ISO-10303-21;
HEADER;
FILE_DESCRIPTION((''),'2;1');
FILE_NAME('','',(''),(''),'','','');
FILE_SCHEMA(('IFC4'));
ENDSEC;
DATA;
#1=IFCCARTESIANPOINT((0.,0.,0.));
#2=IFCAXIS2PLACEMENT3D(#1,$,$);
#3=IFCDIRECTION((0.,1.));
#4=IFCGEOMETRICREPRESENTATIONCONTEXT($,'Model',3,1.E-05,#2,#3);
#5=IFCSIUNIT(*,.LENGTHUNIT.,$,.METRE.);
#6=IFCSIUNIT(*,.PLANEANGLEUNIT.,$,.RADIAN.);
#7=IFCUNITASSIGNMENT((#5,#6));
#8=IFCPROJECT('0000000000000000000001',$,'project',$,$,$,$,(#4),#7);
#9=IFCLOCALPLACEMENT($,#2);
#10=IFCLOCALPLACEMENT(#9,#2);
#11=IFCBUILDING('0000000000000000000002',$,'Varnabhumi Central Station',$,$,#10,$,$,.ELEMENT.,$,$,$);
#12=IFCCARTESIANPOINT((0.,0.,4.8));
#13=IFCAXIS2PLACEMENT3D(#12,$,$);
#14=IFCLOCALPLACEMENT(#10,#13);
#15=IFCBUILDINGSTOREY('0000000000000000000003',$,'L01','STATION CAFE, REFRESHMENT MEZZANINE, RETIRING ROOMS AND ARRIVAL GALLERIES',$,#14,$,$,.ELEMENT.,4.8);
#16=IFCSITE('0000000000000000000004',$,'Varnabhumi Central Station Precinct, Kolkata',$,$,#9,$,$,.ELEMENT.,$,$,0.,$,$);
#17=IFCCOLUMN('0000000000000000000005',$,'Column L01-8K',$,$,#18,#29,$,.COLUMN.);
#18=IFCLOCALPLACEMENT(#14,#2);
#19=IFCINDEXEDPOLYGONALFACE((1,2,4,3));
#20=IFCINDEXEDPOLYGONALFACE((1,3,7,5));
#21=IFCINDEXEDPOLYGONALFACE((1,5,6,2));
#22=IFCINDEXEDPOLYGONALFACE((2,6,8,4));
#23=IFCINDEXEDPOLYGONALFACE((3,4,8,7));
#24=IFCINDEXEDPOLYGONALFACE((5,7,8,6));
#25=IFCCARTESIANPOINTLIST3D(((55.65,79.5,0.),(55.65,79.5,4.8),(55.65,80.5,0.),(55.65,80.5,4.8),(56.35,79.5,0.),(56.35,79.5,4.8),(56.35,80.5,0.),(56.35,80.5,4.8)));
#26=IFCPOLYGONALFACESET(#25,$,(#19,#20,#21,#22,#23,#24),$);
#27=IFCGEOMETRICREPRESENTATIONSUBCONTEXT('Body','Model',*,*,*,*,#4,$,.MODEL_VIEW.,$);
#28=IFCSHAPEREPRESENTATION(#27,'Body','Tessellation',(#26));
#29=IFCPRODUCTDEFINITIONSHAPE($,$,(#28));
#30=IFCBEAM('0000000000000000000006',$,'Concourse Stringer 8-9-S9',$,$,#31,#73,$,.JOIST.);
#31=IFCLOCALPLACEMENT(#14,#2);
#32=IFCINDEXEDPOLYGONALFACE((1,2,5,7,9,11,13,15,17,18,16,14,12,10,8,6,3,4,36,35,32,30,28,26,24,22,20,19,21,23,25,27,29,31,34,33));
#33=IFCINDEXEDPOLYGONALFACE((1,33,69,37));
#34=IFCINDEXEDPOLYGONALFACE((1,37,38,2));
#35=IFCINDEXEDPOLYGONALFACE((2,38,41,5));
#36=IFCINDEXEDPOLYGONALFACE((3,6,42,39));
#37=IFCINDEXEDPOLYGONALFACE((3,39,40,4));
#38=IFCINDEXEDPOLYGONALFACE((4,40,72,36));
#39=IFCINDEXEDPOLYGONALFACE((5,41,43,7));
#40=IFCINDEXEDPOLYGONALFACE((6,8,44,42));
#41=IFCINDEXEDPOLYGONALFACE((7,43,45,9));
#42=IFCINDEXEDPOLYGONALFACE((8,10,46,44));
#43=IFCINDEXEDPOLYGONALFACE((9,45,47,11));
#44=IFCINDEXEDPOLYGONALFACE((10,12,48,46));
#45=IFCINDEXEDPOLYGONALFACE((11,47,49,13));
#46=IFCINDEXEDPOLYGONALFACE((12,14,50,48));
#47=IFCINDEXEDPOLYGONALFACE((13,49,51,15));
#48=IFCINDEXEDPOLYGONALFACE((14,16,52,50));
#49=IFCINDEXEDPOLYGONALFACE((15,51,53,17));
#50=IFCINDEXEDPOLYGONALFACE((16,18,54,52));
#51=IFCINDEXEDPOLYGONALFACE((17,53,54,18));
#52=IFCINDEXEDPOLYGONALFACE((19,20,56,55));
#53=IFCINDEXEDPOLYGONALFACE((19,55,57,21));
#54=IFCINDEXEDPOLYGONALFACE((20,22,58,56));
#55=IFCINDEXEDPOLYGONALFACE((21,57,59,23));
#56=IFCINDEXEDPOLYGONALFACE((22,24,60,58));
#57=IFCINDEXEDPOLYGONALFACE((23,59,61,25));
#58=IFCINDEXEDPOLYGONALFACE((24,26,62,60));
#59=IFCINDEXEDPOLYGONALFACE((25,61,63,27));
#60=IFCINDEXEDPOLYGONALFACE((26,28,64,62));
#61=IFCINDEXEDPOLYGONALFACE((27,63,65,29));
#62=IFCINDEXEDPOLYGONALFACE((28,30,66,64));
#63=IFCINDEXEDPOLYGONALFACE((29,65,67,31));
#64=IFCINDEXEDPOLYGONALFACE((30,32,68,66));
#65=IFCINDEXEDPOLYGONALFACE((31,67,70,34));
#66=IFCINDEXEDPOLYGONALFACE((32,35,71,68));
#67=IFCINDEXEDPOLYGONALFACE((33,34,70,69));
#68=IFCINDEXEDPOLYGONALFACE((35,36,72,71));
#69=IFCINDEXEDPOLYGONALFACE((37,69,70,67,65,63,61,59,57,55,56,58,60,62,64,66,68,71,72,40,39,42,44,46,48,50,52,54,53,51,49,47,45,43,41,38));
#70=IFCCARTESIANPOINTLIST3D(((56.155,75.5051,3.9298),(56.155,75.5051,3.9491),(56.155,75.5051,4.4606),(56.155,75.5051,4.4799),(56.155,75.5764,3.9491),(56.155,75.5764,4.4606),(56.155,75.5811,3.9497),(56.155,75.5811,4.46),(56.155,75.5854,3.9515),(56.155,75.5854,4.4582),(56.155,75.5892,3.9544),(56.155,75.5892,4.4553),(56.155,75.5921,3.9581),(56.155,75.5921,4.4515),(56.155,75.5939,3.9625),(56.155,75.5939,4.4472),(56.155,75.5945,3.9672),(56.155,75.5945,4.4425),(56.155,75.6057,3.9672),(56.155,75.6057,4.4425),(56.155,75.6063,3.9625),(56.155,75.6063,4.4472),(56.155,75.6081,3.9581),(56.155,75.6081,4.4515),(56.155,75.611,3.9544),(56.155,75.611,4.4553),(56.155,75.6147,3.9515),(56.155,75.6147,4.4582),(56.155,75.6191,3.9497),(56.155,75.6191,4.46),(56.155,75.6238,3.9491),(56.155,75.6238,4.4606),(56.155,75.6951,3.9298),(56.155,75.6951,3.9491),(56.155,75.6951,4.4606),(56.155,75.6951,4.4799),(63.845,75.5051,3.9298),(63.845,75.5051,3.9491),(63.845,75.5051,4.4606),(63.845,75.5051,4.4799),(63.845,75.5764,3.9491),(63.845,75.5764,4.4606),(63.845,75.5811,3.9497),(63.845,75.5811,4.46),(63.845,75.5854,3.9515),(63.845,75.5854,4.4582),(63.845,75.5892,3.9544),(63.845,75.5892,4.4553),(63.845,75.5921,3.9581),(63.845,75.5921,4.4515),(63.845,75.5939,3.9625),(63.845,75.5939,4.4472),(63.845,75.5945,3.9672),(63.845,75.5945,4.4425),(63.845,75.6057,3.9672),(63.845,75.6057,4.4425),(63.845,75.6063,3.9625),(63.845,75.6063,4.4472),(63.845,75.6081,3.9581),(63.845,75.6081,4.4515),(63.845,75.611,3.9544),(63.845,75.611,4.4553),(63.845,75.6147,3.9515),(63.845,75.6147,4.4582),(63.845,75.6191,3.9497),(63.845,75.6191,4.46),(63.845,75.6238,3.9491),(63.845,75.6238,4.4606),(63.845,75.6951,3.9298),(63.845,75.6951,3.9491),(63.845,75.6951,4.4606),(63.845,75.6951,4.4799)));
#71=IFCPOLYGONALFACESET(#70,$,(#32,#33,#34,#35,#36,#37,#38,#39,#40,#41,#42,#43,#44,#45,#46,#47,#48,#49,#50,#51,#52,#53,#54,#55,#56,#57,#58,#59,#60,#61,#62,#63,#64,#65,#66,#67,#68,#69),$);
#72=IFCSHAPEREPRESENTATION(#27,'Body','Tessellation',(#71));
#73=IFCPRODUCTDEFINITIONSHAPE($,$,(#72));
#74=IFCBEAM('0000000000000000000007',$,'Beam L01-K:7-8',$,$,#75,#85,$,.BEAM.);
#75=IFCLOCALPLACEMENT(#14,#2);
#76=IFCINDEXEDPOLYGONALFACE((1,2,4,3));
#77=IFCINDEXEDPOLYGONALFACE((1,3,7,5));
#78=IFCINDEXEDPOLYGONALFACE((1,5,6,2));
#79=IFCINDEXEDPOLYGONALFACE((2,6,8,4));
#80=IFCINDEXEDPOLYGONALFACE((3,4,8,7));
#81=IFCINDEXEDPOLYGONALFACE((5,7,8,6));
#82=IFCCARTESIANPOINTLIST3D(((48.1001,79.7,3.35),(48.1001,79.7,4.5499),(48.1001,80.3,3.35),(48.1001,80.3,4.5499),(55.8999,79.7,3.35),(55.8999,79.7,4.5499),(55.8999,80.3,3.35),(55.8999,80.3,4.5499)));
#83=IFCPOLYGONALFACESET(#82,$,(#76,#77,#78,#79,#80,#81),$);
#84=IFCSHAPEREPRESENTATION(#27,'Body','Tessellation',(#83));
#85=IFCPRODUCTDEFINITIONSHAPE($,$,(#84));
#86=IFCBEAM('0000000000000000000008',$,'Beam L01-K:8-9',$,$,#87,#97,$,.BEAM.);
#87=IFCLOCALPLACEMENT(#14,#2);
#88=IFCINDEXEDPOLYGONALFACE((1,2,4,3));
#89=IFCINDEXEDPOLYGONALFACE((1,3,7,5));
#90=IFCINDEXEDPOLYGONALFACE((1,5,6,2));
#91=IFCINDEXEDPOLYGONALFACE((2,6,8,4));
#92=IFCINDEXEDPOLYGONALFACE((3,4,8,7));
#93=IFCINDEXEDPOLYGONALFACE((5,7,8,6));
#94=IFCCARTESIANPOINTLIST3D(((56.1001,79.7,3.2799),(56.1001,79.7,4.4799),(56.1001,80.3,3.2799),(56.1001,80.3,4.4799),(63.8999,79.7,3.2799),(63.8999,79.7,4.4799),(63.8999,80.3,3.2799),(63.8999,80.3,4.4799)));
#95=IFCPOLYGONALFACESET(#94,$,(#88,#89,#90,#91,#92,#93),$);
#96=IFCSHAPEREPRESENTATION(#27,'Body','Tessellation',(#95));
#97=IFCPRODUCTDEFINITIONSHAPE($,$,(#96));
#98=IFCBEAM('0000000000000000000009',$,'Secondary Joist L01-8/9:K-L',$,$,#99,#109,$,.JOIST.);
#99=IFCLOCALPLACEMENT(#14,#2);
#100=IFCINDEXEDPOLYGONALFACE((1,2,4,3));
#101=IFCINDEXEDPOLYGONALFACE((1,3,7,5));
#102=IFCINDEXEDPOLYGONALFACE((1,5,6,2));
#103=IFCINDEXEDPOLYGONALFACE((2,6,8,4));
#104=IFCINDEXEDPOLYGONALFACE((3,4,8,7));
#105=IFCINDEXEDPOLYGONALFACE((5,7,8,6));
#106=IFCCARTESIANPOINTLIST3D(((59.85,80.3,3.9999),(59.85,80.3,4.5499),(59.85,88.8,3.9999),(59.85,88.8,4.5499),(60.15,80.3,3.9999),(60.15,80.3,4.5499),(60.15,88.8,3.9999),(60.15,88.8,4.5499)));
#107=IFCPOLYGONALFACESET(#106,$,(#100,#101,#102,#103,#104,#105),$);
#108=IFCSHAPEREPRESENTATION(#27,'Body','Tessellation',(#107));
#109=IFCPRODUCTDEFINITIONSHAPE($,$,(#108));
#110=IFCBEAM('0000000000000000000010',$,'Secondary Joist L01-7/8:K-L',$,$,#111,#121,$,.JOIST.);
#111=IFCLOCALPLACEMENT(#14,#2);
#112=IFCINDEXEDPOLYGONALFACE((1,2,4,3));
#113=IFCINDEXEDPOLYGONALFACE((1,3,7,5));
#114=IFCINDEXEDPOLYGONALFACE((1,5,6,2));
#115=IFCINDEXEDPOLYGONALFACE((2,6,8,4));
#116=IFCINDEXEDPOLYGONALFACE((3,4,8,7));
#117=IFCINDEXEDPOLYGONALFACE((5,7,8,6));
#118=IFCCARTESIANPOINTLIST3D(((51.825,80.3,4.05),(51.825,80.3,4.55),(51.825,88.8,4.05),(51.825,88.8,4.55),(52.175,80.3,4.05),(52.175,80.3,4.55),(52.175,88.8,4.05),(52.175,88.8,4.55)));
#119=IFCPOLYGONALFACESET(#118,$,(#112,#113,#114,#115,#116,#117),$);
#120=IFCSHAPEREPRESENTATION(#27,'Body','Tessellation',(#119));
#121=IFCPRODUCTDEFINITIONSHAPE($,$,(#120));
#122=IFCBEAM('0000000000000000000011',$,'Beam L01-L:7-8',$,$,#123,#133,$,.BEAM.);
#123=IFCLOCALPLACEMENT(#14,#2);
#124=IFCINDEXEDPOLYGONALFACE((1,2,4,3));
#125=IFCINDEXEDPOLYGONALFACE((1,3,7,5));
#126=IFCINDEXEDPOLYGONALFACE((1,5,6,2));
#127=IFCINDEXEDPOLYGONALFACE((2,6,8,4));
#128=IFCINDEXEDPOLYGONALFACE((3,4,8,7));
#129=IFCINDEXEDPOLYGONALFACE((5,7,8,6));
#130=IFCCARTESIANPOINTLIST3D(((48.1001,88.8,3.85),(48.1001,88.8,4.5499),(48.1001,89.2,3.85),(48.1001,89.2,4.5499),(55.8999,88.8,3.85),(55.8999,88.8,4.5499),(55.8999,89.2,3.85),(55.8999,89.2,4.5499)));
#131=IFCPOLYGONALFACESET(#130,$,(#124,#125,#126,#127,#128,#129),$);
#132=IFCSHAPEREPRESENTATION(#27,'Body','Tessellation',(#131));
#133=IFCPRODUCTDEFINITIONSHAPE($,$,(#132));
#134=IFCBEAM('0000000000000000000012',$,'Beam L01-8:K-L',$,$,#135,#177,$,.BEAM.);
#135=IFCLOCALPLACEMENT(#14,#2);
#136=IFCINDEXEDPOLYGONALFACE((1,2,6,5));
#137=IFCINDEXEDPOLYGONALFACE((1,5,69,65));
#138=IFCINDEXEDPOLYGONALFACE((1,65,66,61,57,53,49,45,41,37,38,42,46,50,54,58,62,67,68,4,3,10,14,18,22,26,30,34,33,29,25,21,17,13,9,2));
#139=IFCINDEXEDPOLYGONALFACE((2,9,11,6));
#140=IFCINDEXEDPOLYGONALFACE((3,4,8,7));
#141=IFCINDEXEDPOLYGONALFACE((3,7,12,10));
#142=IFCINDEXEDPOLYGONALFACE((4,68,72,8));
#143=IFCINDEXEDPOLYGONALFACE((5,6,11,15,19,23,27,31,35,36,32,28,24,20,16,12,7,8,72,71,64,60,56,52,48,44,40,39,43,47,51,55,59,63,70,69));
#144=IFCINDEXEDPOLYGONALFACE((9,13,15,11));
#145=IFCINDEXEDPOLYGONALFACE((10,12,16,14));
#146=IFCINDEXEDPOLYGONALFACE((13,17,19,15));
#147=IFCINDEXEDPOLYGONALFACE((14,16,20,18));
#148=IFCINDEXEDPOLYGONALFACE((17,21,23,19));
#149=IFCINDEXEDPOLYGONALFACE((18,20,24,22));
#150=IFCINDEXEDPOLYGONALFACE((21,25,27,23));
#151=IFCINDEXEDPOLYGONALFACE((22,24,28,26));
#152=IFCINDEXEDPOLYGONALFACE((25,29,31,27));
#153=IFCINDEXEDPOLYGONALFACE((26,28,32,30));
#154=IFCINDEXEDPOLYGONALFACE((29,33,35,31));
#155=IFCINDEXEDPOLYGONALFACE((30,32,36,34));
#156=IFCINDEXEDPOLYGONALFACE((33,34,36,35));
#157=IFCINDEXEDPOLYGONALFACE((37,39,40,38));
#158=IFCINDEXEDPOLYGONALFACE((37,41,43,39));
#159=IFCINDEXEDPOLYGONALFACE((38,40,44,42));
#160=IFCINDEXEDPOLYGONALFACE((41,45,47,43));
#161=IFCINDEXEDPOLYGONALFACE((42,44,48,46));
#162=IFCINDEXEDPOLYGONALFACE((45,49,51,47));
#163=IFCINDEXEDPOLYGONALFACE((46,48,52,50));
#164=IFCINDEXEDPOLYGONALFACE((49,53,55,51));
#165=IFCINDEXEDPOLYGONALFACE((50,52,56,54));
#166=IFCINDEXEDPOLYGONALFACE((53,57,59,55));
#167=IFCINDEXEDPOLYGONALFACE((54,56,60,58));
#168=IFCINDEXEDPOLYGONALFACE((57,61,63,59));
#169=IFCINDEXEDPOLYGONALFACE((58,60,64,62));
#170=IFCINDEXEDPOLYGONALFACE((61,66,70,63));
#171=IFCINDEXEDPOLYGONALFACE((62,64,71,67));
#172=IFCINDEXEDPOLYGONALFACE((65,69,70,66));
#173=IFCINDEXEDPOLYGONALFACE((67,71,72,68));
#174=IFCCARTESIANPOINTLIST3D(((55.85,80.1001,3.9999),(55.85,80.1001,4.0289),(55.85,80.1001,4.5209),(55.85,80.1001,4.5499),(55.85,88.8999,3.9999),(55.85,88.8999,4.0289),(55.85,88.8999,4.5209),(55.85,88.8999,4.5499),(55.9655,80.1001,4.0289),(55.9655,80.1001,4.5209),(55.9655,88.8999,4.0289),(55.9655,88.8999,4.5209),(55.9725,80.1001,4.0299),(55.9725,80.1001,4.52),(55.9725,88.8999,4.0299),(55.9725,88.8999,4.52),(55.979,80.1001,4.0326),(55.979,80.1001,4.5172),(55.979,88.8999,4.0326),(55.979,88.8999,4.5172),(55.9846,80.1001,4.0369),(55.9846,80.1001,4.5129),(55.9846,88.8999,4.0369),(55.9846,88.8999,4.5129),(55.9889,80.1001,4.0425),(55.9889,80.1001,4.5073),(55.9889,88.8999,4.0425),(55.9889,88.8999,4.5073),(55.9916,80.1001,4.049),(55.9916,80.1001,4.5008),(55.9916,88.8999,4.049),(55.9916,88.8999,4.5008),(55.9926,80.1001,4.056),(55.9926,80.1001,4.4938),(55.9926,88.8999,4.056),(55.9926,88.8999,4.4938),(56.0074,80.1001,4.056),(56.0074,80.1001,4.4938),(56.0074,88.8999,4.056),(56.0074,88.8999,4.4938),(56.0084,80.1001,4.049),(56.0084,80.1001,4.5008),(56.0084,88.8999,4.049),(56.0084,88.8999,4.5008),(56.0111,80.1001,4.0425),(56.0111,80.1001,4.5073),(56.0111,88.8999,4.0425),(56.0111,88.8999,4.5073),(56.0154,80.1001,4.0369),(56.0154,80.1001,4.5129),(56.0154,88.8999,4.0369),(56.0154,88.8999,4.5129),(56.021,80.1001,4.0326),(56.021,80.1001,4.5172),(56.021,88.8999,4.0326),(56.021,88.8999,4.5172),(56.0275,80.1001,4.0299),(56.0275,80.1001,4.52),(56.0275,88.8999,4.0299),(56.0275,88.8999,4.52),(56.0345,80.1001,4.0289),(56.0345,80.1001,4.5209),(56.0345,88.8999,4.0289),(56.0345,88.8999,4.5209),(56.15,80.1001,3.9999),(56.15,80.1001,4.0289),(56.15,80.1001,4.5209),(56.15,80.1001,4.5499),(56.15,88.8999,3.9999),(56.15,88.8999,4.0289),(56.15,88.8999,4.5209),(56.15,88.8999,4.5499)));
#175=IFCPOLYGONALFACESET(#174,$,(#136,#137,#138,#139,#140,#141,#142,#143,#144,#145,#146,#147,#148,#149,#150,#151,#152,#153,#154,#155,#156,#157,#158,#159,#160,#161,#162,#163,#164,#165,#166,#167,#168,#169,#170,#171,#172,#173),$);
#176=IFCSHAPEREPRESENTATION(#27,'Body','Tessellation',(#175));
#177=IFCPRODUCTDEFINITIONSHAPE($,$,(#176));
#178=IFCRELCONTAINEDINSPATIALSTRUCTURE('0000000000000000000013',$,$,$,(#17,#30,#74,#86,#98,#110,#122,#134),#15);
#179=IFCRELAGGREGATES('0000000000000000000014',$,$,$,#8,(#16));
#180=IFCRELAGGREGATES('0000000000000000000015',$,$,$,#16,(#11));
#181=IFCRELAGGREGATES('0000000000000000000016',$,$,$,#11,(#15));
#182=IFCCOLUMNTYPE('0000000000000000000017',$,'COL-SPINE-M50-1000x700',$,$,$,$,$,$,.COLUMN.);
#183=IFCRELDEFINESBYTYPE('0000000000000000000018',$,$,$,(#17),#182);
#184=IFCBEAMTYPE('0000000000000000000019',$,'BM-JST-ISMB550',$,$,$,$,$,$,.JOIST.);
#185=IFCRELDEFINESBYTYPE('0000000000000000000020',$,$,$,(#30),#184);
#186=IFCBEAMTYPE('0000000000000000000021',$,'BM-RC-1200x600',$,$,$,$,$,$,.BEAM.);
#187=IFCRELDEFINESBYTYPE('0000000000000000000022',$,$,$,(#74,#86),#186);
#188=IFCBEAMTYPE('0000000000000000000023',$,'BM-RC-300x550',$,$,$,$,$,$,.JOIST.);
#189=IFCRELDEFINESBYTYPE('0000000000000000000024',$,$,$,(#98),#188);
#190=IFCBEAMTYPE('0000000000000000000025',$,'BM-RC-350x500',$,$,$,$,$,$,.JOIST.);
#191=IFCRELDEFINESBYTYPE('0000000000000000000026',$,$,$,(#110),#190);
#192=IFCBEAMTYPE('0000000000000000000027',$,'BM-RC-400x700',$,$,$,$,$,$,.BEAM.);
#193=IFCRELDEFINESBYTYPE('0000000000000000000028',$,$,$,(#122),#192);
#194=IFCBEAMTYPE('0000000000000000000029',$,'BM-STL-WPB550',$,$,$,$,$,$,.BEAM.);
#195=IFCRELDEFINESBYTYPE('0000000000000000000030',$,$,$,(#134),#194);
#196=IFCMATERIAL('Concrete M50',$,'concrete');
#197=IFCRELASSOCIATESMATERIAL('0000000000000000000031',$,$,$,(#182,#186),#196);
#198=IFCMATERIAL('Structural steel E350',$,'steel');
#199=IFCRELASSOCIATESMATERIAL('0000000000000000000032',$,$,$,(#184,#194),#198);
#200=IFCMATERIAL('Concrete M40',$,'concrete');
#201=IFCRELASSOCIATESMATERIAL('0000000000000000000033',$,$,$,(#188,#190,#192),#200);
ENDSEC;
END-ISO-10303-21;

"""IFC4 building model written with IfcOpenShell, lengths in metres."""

from ifc_helpers import new_model, si_unit, direction, frame, origin, origin_2d, place, context, subcontext, project, spatial, rectangle, i_section, extrude, material, material_profile, profile_set, type_object, element, save


model = new_model("IFC4")

# Units and contexts
model_context = context("Model", 3, precision=1e-05, world=origin(), true_north=direction((0.0, 1.0)))
body_context = subcontext(model_context, "Body", "Model", "MODEL_VIEW")
ifc_project = project(units=[si_unit("LENGTHUNIT", "METRE"), si_unit("PLANEANGLEUNIT", "RADIAN")], contexts=[model_context])

# Site, building, storey
site_placement = place(None, origin())
site = spatial("IfcSite", under=ifc_project, at=site_placement, Name="Varnabhumi Central Station Precinct, Kolkata", CompositionType="ELEMENT", RefElevation=0.0)
building_placement = place(site_placement, origin())
building = spatial("IfcBuilding", under=site, at=building_placement, Name="Varnabhumi Central Station", CompositionType="ELEMENT")
storey_placement = place(building_placement, frame((0.0, 0.0, 4.8)))
storey = spatial("IfcBuildingStorey", under=building, at=storey_placement, Name="L01", Description="STATION CAFE, REFRESHMENT MEZZANINE, RETIRING ROOMS AND ARRIVAL GALLERIES", CompositionType="ELEMENT", Elevation=4.8)

# Column
ifc_material_1 = material(Name="Concrete M50", Category="concrete")
ifc_material_profile_1 = material_profile(ifc_material_1, rectangle(XDim=0.7, YDim=1.0, at=origin_2d()), Name="Concrete M50", Category="concrete")
ifc_profile_set_1 = profile_set([ifc_material_profile_1], Name="Concrete M50")
column_type = type_object("IfcColumnType", Name="COL-SPINE-M50-1000x700", PredefinedType="COLUMN", material=ifc_profile_set_1)
column_placement = place(storey_placement, frame((56.0, 80.0, 0.0), z_axis=(0.0, 0.0, 1.0), x_axis=(1.0, 0.0, 0.0)))
element("IfcColumn", 1, at=column_placement, inside=storey, type_object=column_type, Name="Column L01-8K", PredefinedType="COLUMN", context=body_context, shape_type="SweptSolid", body=[
    extrude(rectangle(XDim=0.7, YDim=1.0, at=origin_2d()), origin(), (0.0, 0.0, 1.0), 4.8),
])

# Beams
ifc_material_2 = material(Name="Structural steel E350", Category="steel")
ifc_material_profile_2 = material_profile(ifc_material_2, i_section(OverallWidth=0.1899, OverallDepth=0.55, WebThickness=0.0112, FlangeThickness=0.0193, FilletRadius=0.0181, at=origin_2d()), Name="Structural steel E350", Category="steel")
ifc_profile_set_2 = profile_set([ifc_material_profile_2], Name="Structural steel E350")
beam_type_1 = type_object("IfcBeamType", Name="BM-JST-ISMB550", PredefinedType="JOIST", material=ifc_profile_set_2)
beam_1_placement = place(storey_placement, frame((56.155, 75.6001, 4.2048), z_axis=(1.0, 0.0, 0.0), x_axis=(0.0, 1.0, 0.0)))
element("IfcBeam", 2, at=beam_1_placement, inside=storey, type_object=beam_type_1, Name="Concourse Stringer 8-9-S9", PredefinedType="JOIST", context=body_context, shape_type="SweptSolid", body=[
    extrude(i_section(OverallWidth=0.1899, OverallDepth=0.55, WebThickness=0.0112, FlangeThickness=0.0193, FilletRadius=0.0181, at=origin_2d()), origin(), (0.0, 0.0, 1.0), 7.6899),
])
ifc_material_profile_3 = material_profile(ifc_material_1, rectangle(XDim=0.6001, YDim=1.2, at=origin_2d()), Name="Concrete M50", Category="concrete")
ifc_profile_set_3 = profile_set([ifc_material_profile_3], Name="Concrete M50")
beam_type_2 = type_object("IfcBeamType", Name="BM-RC-1200x600", PredefinedType="BEAM", material=ifc_profile_set_3)
for number, where, z_axis, x_axis, name in (
    (3, (48.1001, 80.0, 3.95), (1.0, 0.0, 0.0), (0.0, 1.0, 0.0), "Beam L01-K:7-8"),
    (4, (56.1001, 80.0, 3.8799), (1.0, 0.0, 0.0), (0.0, 1.0, 0.0), "Beam L01-K:8-9"),
):
    element("IfcBeam", number, at=place(storey_placement, frame(where, z_axis=z_axis, x_axis=x_axis)), inside=storey, type_object=beam_type_2, Name=name, PredefinedType="BEAM", context=body_context, shape_type="SweptSolid", body=[
        extrude(rectangle(XDim=0.6001, YDim=1.2, at=origin_2d()), origin(), (0.0, 0.0, 1.0), 7.7998),
    ])
ifc_material_3 = material(Name="Concrete M40", Category="concrete")
ifc_material_profile_4 = material_profile(ifc_material_3, rectangle(XDim=0.3, YDim=0.55, at=origin_2d()), Name="Concrete M40", Category="concrete")
ifc_profile_set_4 = profile_set([ifc_material_profile_4], Name="Concrete M40")
beam_type_3 = type_object("IfcBeamType", Name="BM-RC-300x550", PredefinedType="JOIST", material=ifc_profile_set_4)
beam_2_placement = place(storey_placement, frame((60.0, 80.3, 4.2749), z_axis=(0.0, 1.0, 0.0), x_axis=(-1.0, 0.0, 0.0)))
element("IfcBeam", 5, at=beam_2_placement, inside=storey, type_object=beam_type_3, Name="Secondary Joist L01-8/9:K-L", PredefinedType="JOIST", context=body_context, shape_type="SweptSolid", body=[
    extrude(rectangle(XDim=0.3, YDim=0.55, at=origin_2d()), origin(), (0.0, 0.0, 1.0), 8.5),
])
ifc_material_profile_5 = material_profile(ifc_material_3, rectangle(XDim=0.3501, YDim=0.5, at=origin_2d()), Name="Concrete M40", Category="concrete")
ifc_profile_set_5 = profile_set([ifc_material_profile_5], Name="Concrete M40")
beam_type_4 = type_object("IfcBeamType", Name="BM-RC-350x500", PredefinedType="JOIST", material=ifc_profile_set_5)
beam_3_placement = place(storey_placement, frame((52.0, 80.3, 4.3), z_axis=(0.0, 1.0, 0.0), x_axis=(-1.0, 0.0, 0.0)))
element("IfcBeam", 6, at=beam_3_placement, inside=storey, type_object=beam_type_4, Name="Secondary Joist L01-7/8:K-L", PredefinedType="JOIST", context=body_context, shape_type="SweptSolid", body=[
    extrude(rectangle(XDim=0.3501, YDim=0.5, at=origin_2d()), origin(), (0.0, 0.0, 1.0), 8.5),
])
ifc_material_profile_6 = material_profile(ifc_material_3, rectangle(XDim=0.3999, YDim=0.7, at=origin_2d()), Name="Concrete M40", Category="concrete")
ifc_profile_set_6 = profile_set([ifc_material_profile_6], Name="Concrete M40")
beam_type_5 = type_object("IfcBeamType", Name="BM-RC-400x700", PredefinedType="BEAM", material=ifc_profile_set_6)
beam_4_placement = place(storey_placement, frame((48.1001, 89.0, 4.2), z_axis=(1.0, 0.0, 0.0), x_axis=(0.0, 1.0, 0.0)))
element("IfcBeam", 7, at=beam_4_placement, inside=storey, type_object=beam_type_5, Name="Beam L01-L:7-8", PredefinedType="BEAM", context=body_context, shape_type="SweptSolid", body=[
    extrude(rectangle(XDim=0.3999, YDim=0.7, at=origin_2d()), origin(), (0.0, 0.0, 1.0), 7.7998),
])
ifc_material_profile_7 = material_profile(ifc_material_2, i_section(OverallWidth=0.3, OverallDepth=0.55, WebThickness=0.0149, FlangeThickness=0.0291, FilletRadius=0.0271, at=origin_2d()), Name="Structural steel E350", Category="steel")
ifc_profile_set_7 = profile_set([ifc_material_profile_7], Name="Structural steel E350")
beam_type_6 = type_object("IfcBeamType", Name="BM-STL-WPB550", PredefinedType="BEAM", material=ifc_profile_set_7)
beam_5_placement = place(storey_placement, frame((56.0, 80.1001, 4.2749), z_axis=(0.0, 1.0, 0.0), x_axis=(-1.0, 0.0, 0.0)))
element("IfcBeam", 8, at=beam_5_placement, inside=storey, type_object=beam_type_6, Name="Beam L01-8:K-L", PredefinedType="BEAM", context=body_context, shape_type="SweptSolid", body=[
    extrude(i_section(OverallWidth=0.3, OverallDepth=0.55, WebThickness=0.0149, FlangeThickness=0.0291, FilletRadius=0.0271, at=origin_2d()), origin(), (0.0, 0.0, 1.0), 8.7998),
])

save(model, "model.ifc")
